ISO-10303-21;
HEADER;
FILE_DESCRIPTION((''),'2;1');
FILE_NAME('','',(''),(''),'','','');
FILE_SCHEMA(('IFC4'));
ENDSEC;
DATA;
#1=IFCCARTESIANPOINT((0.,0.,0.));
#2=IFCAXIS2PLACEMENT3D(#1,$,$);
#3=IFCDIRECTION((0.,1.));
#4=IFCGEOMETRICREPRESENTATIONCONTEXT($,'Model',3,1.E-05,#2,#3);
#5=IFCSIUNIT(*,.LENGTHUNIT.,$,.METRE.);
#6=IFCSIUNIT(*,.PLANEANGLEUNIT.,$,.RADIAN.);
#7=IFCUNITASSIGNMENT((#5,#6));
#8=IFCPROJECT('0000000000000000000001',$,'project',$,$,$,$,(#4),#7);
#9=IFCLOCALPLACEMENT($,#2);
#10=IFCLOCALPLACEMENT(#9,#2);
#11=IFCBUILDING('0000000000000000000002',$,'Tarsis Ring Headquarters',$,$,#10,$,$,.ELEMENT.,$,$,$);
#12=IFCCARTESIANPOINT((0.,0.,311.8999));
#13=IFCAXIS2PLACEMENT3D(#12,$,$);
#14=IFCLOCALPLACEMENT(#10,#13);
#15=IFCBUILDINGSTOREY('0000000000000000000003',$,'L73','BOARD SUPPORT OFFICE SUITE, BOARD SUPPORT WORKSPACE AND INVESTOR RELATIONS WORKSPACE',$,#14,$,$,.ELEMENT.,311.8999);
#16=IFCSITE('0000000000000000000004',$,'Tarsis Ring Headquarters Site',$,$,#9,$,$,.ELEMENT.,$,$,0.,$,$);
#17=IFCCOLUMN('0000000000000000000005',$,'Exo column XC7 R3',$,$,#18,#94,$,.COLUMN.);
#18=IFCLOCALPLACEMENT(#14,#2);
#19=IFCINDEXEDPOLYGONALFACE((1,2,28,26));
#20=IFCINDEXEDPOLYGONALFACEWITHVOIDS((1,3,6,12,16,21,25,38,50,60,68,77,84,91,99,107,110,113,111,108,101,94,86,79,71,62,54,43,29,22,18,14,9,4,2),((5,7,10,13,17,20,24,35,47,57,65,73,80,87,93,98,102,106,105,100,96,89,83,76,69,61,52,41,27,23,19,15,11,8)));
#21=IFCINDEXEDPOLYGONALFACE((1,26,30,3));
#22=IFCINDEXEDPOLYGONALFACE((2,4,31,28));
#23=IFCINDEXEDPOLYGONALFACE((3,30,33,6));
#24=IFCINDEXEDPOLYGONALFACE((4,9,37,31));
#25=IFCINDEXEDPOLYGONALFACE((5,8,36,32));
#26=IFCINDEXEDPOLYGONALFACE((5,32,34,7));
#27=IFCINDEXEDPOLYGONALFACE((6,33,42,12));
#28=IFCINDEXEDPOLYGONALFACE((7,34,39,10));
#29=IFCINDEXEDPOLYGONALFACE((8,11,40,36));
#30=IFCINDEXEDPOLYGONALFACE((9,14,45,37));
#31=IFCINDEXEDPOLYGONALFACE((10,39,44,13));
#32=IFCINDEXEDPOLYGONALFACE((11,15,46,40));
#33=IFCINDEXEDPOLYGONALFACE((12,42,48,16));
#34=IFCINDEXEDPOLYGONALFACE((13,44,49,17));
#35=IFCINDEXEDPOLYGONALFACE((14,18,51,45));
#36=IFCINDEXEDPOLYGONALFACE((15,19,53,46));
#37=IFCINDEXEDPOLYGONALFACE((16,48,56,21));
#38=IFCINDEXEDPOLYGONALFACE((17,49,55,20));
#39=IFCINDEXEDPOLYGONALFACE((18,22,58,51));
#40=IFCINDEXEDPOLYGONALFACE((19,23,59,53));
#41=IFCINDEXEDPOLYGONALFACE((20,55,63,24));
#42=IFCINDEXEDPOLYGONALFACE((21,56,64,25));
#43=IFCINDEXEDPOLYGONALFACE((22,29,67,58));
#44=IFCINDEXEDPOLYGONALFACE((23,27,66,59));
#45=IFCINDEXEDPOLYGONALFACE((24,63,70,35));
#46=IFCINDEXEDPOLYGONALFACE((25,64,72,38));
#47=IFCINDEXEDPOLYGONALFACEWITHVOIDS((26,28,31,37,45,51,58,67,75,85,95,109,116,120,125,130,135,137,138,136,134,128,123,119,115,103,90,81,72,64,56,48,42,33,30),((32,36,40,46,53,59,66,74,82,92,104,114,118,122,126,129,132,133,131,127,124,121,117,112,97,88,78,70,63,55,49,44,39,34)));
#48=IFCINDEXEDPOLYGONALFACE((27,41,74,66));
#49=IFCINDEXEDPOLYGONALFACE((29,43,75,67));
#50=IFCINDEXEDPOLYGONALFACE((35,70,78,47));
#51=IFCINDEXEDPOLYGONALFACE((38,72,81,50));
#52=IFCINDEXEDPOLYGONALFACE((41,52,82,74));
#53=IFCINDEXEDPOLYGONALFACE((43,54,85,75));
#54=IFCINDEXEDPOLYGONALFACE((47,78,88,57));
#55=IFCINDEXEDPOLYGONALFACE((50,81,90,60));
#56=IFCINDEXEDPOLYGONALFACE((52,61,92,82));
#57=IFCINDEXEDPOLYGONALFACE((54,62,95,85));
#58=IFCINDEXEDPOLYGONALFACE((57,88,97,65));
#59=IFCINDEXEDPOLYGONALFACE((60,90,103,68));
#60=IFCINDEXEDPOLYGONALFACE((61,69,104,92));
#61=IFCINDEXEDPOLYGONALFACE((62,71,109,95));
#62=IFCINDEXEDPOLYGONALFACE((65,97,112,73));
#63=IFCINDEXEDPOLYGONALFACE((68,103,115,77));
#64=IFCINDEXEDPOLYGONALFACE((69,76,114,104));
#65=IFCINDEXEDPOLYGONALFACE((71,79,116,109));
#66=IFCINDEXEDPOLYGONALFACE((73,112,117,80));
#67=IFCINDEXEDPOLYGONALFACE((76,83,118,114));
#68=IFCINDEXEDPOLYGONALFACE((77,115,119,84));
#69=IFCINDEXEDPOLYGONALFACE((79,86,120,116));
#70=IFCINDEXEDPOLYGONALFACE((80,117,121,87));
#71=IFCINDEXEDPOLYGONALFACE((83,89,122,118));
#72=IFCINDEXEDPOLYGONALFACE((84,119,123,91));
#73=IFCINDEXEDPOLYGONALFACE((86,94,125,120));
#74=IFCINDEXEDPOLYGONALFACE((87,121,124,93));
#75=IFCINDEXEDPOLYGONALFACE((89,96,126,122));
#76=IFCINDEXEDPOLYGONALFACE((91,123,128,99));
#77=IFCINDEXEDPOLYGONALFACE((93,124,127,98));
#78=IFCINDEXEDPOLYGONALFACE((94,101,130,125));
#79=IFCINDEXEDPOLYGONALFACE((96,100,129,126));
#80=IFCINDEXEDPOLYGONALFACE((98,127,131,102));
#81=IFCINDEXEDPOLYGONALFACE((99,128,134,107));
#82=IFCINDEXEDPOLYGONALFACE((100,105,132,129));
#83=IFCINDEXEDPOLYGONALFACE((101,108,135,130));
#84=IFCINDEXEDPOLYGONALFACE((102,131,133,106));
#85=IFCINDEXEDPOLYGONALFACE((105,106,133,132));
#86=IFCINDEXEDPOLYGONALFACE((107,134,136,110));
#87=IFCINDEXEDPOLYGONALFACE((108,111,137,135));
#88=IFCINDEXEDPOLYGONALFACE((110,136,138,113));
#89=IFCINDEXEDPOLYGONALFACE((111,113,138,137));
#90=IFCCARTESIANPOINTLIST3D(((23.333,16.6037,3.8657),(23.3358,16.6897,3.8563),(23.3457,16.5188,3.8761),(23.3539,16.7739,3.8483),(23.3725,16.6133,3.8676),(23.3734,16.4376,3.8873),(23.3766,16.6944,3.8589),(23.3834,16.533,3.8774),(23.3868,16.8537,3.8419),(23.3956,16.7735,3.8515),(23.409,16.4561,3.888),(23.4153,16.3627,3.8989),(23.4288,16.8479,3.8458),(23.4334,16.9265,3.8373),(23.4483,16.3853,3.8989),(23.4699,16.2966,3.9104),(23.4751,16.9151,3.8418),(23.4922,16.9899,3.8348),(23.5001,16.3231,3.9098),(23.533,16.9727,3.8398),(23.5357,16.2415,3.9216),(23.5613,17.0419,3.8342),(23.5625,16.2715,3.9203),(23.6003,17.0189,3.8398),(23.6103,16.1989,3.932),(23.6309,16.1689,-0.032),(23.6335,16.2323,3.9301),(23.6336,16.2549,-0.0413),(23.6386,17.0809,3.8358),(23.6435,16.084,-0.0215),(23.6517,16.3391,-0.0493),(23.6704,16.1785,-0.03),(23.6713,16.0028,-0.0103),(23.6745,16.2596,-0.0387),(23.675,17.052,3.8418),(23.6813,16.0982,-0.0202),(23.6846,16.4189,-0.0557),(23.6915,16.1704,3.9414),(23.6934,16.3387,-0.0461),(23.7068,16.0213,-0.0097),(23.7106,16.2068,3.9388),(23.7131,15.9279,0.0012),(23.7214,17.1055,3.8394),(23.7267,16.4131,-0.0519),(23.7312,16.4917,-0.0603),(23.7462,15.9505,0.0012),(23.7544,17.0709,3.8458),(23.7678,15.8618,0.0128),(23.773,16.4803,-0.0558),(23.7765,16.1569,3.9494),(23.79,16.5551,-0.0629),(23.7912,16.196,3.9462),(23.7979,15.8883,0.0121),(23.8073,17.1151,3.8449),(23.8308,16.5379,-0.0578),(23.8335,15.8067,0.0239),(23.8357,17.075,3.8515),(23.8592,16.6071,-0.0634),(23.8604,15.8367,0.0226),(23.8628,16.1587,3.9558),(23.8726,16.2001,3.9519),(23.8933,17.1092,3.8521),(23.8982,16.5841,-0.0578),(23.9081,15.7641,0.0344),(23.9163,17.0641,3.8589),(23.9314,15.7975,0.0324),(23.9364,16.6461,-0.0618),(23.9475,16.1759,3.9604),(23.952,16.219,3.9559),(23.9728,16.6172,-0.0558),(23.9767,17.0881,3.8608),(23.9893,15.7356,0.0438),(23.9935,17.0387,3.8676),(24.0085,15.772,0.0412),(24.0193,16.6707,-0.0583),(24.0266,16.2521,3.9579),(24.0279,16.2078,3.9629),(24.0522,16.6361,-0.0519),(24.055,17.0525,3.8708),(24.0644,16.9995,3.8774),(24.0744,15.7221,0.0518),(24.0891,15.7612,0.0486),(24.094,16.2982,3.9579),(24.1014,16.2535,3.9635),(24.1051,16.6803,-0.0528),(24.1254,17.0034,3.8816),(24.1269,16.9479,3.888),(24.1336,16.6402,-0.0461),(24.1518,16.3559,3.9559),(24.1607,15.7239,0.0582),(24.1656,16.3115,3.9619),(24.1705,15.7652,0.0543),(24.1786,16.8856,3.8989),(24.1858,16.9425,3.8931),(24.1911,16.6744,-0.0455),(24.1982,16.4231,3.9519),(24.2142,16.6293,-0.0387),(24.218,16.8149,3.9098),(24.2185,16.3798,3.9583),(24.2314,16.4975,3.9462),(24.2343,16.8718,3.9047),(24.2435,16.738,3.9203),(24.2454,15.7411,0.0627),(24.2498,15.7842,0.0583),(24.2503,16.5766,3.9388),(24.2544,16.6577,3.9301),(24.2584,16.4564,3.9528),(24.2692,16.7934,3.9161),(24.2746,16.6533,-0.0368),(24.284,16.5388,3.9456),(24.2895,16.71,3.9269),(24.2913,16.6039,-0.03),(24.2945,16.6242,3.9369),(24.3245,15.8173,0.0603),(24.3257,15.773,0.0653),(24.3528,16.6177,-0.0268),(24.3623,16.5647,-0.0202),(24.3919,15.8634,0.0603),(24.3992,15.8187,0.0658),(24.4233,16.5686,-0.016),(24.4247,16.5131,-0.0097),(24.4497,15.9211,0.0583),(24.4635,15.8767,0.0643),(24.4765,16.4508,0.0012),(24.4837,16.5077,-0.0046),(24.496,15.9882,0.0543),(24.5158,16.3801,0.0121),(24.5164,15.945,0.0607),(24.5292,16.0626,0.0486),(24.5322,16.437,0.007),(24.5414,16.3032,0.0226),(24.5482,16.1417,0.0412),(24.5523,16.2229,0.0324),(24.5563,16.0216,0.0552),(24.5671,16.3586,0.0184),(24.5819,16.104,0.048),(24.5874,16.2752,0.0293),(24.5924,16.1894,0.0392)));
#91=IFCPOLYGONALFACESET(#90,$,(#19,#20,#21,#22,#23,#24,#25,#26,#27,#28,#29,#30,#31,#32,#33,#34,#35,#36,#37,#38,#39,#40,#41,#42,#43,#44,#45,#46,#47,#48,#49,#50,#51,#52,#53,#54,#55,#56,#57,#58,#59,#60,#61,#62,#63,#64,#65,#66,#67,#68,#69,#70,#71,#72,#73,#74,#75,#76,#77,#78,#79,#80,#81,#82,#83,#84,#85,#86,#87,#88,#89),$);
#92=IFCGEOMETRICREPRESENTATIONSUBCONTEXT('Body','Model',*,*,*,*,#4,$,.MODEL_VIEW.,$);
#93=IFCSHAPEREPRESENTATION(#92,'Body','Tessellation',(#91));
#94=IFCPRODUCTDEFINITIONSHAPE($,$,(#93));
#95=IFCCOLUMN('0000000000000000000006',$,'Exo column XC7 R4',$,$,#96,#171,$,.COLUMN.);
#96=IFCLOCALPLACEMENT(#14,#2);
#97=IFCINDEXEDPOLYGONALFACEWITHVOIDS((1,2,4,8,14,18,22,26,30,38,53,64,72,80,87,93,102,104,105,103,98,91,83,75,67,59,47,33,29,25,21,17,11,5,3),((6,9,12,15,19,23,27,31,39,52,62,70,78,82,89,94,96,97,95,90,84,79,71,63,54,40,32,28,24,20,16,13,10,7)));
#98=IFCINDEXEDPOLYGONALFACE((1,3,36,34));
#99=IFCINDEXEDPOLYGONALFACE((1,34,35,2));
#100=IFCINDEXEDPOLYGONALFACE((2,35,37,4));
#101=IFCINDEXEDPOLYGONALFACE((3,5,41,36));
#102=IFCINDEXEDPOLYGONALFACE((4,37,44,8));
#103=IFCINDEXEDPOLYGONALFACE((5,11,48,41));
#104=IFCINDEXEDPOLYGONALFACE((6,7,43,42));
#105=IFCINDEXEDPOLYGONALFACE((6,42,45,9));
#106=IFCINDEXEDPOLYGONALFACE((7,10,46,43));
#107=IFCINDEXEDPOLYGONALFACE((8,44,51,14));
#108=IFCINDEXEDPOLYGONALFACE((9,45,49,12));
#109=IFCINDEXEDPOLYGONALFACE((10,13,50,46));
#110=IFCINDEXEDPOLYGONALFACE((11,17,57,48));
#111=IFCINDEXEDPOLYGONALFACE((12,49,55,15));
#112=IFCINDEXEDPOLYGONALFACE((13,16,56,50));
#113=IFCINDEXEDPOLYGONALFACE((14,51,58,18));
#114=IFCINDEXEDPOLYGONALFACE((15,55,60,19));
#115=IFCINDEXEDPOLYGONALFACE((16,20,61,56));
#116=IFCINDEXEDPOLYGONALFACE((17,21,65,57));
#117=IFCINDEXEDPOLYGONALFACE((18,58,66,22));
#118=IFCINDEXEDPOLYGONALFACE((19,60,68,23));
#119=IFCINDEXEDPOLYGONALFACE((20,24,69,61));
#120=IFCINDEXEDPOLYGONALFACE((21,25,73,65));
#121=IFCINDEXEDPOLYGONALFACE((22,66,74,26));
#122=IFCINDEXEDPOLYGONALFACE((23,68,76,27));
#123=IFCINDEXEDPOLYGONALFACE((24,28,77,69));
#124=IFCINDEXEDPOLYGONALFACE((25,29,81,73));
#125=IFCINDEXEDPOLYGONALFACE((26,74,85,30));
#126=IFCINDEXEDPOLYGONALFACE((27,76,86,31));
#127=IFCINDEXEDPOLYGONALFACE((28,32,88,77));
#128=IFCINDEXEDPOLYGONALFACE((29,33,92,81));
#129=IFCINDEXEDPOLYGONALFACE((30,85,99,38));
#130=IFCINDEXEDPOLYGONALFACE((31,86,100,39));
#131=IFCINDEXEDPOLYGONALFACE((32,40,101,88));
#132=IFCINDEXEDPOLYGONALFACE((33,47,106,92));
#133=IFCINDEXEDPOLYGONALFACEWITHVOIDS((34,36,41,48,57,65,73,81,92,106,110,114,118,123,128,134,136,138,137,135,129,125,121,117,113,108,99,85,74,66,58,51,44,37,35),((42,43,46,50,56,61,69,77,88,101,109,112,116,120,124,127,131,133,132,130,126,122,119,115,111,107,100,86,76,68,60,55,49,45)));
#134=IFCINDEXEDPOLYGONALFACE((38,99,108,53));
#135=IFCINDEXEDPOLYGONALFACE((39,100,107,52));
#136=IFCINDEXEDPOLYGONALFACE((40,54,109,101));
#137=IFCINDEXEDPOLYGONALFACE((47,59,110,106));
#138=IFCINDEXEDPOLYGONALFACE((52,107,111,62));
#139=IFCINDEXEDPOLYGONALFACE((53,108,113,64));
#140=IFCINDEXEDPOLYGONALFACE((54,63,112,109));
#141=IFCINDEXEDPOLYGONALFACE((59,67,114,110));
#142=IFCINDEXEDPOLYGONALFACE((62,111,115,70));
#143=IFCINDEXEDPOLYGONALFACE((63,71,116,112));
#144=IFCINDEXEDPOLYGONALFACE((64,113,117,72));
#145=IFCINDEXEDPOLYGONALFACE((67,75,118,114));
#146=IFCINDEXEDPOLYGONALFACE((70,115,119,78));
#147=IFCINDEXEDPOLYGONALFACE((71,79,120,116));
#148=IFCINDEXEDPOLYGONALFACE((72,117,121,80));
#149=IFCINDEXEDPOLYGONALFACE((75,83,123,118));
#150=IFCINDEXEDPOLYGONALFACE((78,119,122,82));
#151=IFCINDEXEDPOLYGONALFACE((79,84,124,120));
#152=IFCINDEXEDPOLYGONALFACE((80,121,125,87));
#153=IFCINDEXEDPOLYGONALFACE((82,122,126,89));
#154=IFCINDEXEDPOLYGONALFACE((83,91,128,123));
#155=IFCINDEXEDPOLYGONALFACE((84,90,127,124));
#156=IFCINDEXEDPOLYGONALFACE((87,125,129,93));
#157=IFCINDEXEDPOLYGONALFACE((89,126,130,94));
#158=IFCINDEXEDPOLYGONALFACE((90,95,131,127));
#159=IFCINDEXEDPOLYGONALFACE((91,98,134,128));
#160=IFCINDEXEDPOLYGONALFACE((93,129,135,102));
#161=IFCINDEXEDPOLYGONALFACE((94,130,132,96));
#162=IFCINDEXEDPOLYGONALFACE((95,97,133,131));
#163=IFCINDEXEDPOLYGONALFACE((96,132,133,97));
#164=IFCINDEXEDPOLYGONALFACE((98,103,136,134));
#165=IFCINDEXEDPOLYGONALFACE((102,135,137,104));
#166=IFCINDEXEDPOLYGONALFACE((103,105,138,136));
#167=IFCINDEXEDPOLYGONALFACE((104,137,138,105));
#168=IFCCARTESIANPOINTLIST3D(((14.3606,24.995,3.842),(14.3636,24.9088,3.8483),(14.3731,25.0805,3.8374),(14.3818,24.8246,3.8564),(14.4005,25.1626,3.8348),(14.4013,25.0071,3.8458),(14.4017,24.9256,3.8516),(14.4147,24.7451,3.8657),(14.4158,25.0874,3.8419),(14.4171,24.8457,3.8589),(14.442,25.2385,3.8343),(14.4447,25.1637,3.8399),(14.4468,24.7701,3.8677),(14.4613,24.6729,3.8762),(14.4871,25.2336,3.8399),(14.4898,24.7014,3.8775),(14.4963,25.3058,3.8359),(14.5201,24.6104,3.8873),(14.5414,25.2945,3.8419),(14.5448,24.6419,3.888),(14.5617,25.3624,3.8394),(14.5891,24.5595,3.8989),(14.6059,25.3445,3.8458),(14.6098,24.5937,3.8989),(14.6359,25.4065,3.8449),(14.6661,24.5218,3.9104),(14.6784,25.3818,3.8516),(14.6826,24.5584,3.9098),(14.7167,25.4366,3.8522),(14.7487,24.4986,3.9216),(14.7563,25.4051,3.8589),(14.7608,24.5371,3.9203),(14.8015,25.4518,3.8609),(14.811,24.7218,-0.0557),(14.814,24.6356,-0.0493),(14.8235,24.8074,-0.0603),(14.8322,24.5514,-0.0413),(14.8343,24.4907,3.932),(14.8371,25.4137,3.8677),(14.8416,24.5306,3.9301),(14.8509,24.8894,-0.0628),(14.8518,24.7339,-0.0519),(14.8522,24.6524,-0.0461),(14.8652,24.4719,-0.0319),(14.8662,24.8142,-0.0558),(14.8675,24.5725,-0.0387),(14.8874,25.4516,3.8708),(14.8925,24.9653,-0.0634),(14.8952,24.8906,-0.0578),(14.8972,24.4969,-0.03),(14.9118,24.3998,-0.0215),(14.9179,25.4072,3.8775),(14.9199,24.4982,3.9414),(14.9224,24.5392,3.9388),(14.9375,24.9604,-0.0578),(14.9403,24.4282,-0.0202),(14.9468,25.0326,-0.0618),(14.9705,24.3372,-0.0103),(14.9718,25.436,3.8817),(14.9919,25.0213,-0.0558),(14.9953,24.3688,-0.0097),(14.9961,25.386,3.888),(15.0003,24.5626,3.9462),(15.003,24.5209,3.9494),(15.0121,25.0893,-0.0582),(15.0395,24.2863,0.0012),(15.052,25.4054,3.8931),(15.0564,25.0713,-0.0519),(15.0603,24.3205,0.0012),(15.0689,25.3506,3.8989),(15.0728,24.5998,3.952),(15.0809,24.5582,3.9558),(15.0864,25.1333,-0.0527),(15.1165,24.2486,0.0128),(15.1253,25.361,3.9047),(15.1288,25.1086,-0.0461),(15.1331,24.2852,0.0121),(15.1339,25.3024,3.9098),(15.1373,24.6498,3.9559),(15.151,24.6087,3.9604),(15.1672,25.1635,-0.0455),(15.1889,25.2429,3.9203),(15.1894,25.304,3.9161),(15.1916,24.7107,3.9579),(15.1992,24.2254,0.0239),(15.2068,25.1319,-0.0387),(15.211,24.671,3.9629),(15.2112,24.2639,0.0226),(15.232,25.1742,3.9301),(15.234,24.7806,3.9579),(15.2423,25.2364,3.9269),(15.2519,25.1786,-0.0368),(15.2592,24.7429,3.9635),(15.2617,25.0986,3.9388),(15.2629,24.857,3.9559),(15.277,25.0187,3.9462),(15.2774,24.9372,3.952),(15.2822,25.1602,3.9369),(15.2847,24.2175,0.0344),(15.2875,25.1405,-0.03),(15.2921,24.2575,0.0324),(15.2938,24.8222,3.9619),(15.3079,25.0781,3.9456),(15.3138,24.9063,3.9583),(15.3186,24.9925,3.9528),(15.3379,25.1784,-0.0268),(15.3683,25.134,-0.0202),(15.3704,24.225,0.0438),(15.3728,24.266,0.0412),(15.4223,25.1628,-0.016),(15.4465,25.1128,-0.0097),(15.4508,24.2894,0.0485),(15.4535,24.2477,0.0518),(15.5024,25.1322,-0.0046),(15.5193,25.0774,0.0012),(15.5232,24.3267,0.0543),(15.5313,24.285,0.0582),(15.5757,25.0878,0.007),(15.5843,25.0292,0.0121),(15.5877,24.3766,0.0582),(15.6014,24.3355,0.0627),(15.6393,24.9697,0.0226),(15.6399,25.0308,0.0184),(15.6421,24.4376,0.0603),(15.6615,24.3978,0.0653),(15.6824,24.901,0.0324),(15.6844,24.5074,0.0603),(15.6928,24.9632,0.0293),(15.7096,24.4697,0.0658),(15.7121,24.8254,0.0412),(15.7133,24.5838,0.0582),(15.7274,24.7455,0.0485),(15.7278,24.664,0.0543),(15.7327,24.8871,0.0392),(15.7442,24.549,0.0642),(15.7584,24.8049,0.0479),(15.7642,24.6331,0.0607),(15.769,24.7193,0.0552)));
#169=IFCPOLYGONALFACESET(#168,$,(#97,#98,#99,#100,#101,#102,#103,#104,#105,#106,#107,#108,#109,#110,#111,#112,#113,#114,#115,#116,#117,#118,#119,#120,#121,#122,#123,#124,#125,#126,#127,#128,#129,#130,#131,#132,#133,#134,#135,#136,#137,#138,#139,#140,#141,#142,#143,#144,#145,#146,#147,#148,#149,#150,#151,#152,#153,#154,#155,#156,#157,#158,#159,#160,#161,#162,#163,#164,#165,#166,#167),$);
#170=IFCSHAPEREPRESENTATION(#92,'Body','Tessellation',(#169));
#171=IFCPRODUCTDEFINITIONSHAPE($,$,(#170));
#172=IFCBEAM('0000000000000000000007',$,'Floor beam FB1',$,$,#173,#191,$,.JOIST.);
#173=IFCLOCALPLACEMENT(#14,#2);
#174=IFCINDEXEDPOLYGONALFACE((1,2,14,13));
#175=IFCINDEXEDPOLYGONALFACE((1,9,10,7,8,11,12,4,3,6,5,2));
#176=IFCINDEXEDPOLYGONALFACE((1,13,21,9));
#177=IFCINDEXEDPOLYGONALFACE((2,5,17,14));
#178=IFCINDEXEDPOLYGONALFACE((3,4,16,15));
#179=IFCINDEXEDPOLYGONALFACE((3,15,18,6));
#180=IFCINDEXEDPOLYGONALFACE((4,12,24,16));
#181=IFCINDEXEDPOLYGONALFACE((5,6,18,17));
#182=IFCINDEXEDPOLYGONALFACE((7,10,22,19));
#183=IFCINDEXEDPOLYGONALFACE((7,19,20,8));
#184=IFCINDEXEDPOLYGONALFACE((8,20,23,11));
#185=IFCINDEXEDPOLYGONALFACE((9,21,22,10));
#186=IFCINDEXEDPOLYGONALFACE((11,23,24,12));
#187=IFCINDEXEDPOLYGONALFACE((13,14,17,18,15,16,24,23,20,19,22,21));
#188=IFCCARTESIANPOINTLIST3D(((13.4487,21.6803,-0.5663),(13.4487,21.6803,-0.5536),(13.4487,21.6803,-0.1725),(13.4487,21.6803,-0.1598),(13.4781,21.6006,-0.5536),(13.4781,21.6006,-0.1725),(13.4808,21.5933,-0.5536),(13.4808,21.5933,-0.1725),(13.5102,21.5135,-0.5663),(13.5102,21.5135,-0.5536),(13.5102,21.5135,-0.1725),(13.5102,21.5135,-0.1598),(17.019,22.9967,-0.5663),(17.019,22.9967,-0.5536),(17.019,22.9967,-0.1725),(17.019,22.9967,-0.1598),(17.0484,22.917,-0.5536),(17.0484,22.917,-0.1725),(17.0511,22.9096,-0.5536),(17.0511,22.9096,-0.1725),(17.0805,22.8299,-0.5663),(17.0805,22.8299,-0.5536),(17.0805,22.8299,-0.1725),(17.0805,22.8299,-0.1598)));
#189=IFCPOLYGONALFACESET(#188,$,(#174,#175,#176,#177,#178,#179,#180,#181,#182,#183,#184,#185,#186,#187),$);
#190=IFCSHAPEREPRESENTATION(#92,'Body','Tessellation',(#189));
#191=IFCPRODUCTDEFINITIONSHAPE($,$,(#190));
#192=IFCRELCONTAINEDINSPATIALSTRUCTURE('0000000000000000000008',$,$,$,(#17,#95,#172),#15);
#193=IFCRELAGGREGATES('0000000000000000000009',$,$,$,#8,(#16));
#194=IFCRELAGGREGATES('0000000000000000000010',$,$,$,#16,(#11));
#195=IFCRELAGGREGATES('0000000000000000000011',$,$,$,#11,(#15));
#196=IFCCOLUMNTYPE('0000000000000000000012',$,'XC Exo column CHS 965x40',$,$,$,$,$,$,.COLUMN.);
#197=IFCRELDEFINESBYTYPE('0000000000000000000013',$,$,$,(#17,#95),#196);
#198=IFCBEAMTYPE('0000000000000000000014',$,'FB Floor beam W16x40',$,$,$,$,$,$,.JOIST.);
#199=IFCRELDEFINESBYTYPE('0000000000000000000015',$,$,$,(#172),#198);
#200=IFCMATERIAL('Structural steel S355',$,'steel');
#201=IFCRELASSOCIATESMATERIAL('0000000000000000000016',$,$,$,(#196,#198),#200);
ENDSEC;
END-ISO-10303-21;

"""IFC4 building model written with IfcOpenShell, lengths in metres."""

from ifc_helpers import new_model, si_unit, direction, frame, origin, origin_2d, place, context, subcontext, project, spatial, hollow_circle, i_section, extrude, material, material_profile, profile_set, type_object, element, save


model = new_model("IFC4")

# Units and contexts
model_context = context("Model", 3, precision=1e-05, world=origin(), true_north=direction((0.0, 1.0)))
body_context = subcontext(model_context, "Body", "Model", "MODEL_VIEW")
ifc_project = project(units=[si_unit("LENGTHUNIT", "METRE"), si_unit("PLANEANGLEUNIT", "RADIAN")], contexts=[model_context])

# Site, building, storey
site_placement = place(None, origin())
site = spatial("IfcSite", under=ifc_project, at=site_placement, Name="Tarsis Ring Headquarters Site", CompositionType="ELEMENT", RefElevation=0.0)
building_placement = place(site_placement, origin())
building = spatial("IfcBuilding", under=site, at=building_placement, Name="Tarsis Ring Headquarters", CompositionType="ELEMENT")
storey_placement = place(building_placement, frame((0.0, 0.0, 311.8999)))
storey = spatial("IfcBuildingStorey", under=building, at=storey_placement, Name="L73", Description="BOARD SUPPORT OFFICE SUITE, BOARD SUPPORT WORKSPACE AND INVESTOR RELATIONS WORKSPACE", CompositionType="ELEMENT", Elevation=311.8999)

# Columns
ifc_material_1 = material(Name="Structural steel S355", Category="steel")
ifc_material_profile_1 = material_profile(ifc_material_1, hollow_circle(Radius=0.4827, WallThickness=0.04, at=origin_2d()), Name="CHS 965x40")
ifc_profile_set_1 = profile_set([ifc_material_profile_1], Name="Structural steel S355")
column_type = type_object("IfcColumnType", Name="XC Exo column CHS 965x40", PredefinedType="COLUMN", material=ifc_profile_set_1)
for number, where, z_axis, x_axis, name in (
    (1, (24.1113, 16.2007, 0.0012), (-0.075728, 0.11055, 0.990981), (-0.825, -0.565132, 0.0), "Exo column XC7 R3"),
    (2, (15.2898, 24.699, 0.0012), (-0.114524, 0.069459, 0.990989), (-0.518579, -0.85503, 0.0), "Exo column XC7 R4"),
):
    element("IfcColumn", number, at=place(storey_placement, frame(where, z_axis=z_axis, x_axis=x_axis)), inside=storey, type_object=column_type, Name=name, PredefinedType="COLUMN", context=body_context, shape_type="SweptSolid", body=[
        extrude(hollow_circle(Radius=0.4827, WallThickness=0.04, at=origin_2d()), origin(), (0.0, 0.0, 1.0), 3.9331),
    ])

# Beam
ifc_material_profile_2 = material_profile(ifc_material_1, i_section(OverallWidth=0.1777, OverallDepth=0.4065, WebThickness=0.0078, FlangeThickness=0.0127, at=origin_2d()), Name="W16x40")
ifc_profile_set_2 = profile_set([ifc_material_profile_2], Name="Structural steel S355")
beam_type_1 = type_object("IfcBeamType", Name="FB Floor beam W16x40", PredefinedType="JOIST", material=ifc_profile_set_2)
for number, where, z_axis, x_axis, name in (
    (3, (13.4795, 21.5969, -0.363), (0.938255, 0.345943, 0.0), (-0.345943, 0.938255, 0.0), "Floor beam FB1"),
):
    element("IfcBeam", number, at=place(storey_placement, frame(where, z_axis=z_axis, x_axis=x_axis)), inside=storey, type_object=beam_type_1, Name=name, PredefinedType="JOIST", context=body_context, shape_type="SweptSolid", body=[
        extrude(i_section(OverallWidth=0.1777, OverallDepth=0.4065, WebThickness=0.0078, FlangeThickness=0.0127, at=origin_2d()), origin(), (0.0, 0.0, 1.0), 3.8052),
    ])

save(model, "model.ifc")
